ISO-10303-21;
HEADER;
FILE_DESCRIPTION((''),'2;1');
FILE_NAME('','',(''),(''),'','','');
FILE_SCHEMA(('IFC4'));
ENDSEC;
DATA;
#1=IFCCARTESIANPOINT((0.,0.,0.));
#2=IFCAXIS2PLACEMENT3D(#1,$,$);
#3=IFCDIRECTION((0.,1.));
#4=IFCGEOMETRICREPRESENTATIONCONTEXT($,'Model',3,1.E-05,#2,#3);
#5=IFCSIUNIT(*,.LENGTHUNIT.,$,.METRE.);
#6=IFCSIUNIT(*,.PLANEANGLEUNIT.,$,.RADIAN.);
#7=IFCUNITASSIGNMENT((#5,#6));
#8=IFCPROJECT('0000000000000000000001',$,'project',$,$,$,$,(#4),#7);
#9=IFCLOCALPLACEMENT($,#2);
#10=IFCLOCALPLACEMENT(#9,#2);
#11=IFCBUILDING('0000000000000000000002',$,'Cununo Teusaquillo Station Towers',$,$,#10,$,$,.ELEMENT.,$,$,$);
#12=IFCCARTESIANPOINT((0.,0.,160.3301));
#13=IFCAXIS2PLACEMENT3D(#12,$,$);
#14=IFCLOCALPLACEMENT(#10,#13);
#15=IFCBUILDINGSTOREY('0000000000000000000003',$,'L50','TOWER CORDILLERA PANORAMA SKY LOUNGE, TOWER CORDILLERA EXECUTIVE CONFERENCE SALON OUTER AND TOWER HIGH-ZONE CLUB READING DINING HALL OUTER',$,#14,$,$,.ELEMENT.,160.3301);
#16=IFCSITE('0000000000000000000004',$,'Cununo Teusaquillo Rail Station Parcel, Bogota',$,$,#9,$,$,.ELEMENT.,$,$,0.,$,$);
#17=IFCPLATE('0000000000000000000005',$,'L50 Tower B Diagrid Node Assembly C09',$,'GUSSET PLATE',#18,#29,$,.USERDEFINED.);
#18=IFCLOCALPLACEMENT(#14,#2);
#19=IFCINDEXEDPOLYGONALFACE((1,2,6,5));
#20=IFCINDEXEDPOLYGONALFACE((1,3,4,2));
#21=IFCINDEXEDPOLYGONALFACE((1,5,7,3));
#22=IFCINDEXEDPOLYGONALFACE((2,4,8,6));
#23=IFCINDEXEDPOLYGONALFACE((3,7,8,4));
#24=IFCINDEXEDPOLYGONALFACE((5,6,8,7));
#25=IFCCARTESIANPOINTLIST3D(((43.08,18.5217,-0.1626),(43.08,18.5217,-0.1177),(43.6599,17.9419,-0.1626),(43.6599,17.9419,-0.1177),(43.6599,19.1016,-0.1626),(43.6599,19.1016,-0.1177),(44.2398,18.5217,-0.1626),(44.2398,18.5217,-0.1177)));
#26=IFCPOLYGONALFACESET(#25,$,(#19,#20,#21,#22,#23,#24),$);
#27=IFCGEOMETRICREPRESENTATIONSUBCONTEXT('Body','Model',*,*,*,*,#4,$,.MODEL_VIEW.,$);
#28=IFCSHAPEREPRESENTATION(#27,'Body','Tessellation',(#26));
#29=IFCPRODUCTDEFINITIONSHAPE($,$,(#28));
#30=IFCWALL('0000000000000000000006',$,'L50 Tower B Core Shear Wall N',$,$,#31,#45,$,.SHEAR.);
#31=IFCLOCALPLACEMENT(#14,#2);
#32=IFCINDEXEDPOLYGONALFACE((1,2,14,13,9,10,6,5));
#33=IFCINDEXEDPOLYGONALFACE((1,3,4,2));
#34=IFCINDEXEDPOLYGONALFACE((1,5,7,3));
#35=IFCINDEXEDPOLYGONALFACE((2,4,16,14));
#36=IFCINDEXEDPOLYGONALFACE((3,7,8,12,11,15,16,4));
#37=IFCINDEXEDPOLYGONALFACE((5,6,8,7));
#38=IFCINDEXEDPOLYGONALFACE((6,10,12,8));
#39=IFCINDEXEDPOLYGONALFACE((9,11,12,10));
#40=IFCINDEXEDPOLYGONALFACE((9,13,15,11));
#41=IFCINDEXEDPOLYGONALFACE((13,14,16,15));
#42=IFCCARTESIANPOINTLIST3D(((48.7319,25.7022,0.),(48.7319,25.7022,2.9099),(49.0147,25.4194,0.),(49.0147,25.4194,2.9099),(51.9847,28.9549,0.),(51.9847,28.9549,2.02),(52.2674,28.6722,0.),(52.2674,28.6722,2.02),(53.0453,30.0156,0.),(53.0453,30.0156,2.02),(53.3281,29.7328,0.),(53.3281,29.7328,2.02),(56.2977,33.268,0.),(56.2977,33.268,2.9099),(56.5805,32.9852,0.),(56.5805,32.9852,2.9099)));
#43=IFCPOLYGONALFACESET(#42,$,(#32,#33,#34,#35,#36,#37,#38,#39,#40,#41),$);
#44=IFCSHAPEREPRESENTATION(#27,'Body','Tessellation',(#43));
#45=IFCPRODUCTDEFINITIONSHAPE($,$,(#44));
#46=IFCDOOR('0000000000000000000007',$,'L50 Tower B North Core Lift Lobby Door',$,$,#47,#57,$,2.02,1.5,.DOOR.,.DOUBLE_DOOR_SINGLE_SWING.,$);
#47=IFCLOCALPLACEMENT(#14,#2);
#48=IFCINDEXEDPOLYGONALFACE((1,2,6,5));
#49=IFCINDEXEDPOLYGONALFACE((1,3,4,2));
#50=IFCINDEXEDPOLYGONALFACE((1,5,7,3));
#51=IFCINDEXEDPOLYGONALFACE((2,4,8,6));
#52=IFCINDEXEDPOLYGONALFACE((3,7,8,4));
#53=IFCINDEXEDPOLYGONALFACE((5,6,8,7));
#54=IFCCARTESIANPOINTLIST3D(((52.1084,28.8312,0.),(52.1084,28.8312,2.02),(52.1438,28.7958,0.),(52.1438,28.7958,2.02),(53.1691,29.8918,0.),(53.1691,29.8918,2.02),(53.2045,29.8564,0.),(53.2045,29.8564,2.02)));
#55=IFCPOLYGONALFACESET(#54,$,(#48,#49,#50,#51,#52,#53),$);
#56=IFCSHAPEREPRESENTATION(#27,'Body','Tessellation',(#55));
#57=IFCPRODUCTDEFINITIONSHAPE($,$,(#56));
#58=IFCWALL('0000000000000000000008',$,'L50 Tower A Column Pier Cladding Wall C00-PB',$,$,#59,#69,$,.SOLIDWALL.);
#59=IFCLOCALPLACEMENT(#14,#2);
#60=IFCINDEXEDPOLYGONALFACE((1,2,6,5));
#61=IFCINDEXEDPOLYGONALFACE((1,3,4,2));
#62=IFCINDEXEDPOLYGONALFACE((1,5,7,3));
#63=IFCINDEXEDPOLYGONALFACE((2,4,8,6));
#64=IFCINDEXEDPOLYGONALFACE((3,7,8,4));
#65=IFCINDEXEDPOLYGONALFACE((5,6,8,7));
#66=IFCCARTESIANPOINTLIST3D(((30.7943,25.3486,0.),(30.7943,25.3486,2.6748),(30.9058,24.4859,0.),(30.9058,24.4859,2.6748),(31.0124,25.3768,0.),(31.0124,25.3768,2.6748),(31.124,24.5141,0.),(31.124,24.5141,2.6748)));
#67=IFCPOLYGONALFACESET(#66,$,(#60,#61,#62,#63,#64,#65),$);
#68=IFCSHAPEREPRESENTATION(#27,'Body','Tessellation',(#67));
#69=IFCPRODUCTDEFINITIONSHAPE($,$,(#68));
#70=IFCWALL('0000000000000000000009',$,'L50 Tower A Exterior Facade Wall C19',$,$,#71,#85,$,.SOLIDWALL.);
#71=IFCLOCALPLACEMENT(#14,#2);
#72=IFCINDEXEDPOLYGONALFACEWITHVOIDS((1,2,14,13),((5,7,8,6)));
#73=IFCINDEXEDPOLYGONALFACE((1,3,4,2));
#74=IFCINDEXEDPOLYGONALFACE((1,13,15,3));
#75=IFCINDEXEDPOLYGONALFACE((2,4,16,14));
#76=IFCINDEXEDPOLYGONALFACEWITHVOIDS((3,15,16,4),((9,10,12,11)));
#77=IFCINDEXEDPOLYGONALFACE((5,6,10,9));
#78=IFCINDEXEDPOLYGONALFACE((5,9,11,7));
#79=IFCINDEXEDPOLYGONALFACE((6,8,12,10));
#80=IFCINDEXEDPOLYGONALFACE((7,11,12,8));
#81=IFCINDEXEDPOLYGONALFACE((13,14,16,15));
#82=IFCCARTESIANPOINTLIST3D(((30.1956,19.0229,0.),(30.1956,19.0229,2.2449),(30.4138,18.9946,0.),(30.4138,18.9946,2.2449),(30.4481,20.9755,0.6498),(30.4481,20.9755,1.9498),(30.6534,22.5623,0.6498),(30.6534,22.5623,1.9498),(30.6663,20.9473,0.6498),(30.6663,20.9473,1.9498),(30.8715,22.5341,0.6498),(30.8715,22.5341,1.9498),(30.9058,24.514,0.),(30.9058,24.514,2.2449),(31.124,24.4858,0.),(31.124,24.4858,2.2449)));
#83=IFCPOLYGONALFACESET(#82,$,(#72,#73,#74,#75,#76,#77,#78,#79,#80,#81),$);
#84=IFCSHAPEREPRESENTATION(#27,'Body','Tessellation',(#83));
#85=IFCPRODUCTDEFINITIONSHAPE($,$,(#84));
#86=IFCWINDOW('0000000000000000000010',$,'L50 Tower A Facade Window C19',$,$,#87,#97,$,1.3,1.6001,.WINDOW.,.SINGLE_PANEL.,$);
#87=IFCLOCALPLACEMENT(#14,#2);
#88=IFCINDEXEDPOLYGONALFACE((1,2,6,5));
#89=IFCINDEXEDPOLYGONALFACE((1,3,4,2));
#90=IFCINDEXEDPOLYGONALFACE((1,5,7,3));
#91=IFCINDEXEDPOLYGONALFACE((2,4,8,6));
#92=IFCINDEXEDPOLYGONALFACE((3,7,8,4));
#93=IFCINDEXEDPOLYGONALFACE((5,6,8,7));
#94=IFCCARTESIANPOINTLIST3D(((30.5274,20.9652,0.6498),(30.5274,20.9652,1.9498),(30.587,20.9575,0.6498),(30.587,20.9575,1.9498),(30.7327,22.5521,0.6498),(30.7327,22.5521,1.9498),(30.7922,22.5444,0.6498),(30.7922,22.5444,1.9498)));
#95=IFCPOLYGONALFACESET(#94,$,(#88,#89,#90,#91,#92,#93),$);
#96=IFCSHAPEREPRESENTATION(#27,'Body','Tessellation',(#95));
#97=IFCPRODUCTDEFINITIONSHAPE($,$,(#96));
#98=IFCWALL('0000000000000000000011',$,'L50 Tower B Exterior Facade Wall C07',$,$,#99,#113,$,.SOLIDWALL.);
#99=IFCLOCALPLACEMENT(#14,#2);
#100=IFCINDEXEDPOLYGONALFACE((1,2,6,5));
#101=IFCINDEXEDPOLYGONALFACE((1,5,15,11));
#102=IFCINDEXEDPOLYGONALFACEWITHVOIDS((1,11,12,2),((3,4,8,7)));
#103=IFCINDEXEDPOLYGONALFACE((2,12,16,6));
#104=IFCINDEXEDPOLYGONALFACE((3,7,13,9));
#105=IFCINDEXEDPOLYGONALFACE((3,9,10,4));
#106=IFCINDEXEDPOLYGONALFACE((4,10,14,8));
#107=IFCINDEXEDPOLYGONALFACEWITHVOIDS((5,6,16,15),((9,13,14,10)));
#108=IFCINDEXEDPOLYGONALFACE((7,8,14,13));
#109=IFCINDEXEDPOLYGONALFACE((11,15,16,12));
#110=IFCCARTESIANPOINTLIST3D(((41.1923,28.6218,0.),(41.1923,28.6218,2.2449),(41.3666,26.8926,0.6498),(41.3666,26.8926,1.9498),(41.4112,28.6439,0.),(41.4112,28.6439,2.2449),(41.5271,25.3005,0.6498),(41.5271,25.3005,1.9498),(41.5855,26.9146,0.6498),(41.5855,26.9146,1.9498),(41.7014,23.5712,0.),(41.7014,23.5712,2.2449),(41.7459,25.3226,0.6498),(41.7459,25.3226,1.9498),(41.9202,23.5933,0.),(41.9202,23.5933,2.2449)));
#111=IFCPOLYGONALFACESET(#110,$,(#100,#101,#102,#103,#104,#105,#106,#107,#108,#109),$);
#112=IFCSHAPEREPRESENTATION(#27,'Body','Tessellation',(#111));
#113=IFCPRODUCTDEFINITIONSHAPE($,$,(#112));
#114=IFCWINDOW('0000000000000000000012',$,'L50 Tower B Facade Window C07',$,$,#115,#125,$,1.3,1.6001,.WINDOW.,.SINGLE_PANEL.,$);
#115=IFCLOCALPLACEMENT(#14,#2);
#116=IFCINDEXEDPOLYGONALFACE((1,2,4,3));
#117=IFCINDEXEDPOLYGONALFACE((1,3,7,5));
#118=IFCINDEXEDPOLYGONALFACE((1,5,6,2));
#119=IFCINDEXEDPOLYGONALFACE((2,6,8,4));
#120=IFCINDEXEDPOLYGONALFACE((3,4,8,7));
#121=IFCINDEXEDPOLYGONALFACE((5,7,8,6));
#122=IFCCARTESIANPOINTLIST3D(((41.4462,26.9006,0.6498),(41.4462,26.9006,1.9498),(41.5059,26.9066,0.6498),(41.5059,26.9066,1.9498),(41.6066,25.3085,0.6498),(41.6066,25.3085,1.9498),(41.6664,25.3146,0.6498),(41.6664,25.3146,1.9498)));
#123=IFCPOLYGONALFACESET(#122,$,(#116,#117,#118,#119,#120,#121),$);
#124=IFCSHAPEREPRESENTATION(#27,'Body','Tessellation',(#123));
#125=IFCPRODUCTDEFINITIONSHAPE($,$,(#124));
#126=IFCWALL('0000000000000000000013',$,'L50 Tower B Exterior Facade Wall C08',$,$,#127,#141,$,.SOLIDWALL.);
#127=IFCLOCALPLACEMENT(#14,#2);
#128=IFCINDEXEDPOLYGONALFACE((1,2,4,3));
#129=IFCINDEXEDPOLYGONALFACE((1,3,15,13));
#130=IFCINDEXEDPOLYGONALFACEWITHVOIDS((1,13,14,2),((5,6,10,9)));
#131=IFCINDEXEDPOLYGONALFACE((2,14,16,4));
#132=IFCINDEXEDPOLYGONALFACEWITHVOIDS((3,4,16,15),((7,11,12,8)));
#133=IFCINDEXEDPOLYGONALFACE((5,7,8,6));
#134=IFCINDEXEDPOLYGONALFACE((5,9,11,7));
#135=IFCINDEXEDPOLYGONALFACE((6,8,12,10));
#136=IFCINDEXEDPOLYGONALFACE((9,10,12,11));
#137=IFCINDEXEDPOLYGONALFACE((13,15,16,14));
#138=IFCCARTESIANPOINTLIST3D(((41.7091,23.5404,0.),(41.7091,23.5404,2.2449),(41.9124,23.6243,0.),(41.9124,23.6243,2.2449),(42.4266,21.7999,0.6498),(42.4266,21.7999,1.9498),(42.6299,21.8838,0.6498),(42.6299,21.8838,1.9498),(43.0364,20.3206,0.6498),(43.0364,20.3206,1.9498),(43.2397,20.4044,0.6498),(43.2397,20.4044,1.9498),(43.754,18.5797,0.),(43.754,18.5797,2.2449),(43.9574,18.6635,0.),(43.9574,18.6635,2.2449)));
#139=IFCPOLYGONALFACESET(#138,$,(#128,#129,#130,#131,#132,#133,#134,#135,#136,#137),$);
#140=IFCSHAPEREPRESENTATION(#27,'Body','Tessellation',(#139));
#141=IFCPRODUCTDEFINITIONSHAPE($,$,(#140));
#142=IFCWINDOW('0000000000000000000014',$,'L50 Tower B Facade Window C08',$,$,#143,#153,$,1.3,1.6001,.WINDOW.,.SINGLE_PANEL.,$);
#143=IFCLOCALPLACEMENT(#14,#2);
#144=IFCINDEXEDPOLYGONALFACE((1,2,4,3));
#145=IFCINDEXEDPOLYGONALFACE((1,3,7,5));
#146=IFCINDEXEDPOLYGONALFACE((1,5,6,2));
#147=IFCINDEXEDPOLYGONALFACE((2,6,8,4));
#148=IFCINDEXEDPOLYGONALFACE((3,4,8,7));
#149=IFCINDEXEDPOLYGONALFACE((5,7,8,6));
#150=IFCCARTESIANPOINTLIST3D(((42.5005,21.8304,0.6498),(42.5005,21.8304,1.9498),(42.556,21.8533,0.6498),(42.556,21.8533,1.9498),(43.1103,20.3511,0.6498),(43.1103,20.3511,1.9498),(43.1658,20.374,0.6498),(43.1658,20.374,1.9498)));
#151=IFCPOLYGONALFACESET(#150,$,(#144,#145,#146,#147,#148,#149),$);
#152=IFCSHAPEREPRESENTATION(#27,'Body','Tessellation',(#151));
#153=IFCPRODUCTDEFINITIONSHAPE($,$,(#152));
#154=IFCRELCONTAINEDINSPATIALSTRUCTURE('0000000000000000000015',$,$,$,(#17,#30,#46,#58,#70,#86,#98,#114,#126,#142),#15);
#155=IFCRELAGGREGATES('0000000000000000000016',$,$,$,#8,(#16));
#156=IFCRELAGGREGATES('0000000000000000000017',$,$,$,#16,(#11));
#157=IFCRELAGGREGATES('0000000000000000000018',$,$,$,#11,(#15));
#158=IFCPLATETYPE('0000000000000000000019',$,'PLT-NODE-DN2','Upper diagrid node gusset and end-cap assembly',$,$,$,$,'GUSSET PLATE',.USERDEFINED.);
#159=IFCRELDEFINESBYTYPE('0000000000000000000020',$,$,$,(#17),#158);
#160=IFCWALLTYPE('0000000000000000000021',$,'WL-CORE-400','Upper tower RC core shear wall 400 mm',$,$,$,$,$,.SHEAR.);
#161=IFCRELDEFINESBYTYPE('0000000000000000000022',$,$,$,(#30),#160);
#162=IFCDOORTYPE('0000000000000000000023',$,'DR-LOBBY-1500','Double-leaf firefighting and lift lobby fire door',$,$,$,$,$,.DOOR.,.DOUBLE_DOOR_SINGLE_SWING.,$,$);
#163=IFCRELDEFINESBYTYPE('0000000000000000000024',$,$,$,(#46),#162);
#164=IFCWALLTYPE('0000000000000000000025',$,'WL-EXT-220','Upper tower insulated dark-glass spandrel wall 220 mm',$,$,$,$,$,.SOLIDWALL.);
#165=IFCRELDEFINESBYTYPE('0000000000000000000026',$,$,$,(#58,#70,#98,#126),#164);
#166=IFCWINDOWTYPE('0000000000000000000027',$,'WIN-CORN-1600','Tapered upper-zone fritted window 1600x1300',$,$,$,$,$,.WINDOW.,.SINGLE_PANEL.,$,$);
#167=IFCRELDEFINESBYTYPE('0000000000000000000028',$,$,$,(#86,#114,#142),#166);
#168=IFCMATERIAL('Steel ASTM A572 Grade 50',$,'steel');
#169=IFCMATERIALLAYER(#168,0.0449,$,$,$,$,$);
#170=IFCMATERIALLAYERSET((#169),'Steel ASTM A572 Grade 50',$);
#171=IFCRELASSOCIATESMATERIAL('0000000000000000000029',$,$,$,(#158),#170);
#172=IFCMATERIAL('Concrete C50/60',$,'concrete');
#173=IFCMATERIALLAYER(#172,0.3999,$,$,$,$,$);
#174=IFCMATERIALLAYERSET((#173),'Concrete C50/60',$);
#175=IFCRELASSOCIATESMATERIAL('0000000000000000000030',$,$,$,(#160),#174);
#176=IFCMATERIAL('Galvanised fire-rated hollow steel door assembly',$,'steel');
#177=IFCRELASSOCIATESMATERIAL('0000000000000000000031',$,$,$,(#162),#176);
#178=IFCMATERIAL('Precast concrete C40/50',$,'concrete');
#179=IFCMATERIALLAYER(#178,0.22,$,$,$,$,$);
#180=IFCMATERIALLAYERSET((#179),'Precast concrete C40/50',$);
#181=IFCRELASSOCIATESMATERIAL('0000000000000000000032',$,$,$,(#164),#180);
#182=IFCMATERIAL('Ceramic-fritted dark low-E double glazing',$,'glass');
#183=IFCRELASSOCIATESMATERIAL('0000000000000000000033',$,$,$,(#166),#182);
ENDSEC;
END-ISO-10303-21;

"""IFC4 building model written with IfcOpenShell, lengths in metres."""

from ifc_helpers import new_model, si_unit, direction, frame, frame_2d, origin, origin_2d, place, context, subcontext, project, spatial, rectangle, extrude, source, transform, mapped, material, layer, layer_set, type_object, element, fill, save


model = new_model("IFC4")

# Units and contexts
model_context = context("Model", 3, precision=1e-05, world=origin(), true_north=direction((0.0, 1.0)))
body_context = subcontext(model_context, "Body", "Model", "MODEL_VIEW")
ifc_project = project(units=[si_unit("LENGTHUNIT", "METRE"), si_unit("PLANEANGLEUNIT", "RADIAN")], contexts=[model_context])

# Site, building, storey
site_placement = place(None, origin())
site = spatial("IfcSite", under=ifc_project, at=site_placement, Name="Cununo Teusaquillo Rail Station Parcel, Bogota", CompositionType="ELEMENT", RefElevation=0.0)
building_placement = place(site_placement, origin())
building = spatial("IfcBuilding", under=site, at=building_placement, Name="Cununo Teusaquillo Station Towers", CompositionType="ELEMENT")
storey_placement = place(building_placement, frame((0.0, 0.0, 160.3301)))
storey = spatial("IfcBuildingStorey", under=building, at=storey_placement, Name="L50", Description="TOWER CORDILLERA PANORAMA SKY LOUNGE, TOWER CORDILLERA EXECUTIVE CONFERENCE SALON OUTER AND TOWER HIGH-ZONE CLUB READING DINING HALL OUTER", CompositionType="ELEMENT", Elevation=160.3301)

# Plate
ifc_material_1 = material(Name="Steel ASTM A572 Grade 50", Category="steel")
ifc_layer_1 = layer(ifc_material_1, 0.0449)
ifc_layer_set_1 = layer_set([ifc_layer_1], Name="Steel ASTM A572 Grade 50")
plate_type = type_object("IfcPlateType", Name="PLT-NODE-DN2", Description="Upper diagrid node gusset and end-cap assembly", ElementType="GUSSET PLATE", PredefinedType="USERDEFINED", material=ifc_layer_set_1)
shared_shape_1 = source(origin(), body_context, "Body", "SweptSolid", [
    extrude(rectangle(XDim=0.8201, YDim=0.8201, at=origin_2d()), origin(), (0.0, 0.0, 1.0), 0.0449),
])
plate_placement = place(storey_placement, frame((43.6599, 18.5217, -0.1626), z_axis=(0.0, 0.0, 1.0), x_axis=(0.707107, 0.707107, 0.0)))
element("IfcPlate", 1, at=plate_placement, inside=storey, type_object=plate_type, Name="L50 Tower B Diagrid Node Assembly C09", ObjectType="GUSSET PLATE", PredefinedType="USERDEFINED", context=body_context, shape_type="MappedRepresentation", body=[
    mapped(shared_shape_1, transform((0.0, 0.0, 0.0), x_axis=(1.0, 0.0, 0.0), y_axis=(0.0, 1.0, 0.0), z_axis=(0.0, 0.0, 1.0), scale=1.0)),
])

# Wall, opening, door
ifc_material_2 = material(Name="Concrete C50/60", Category="concrete")
ifc_layer_2 = layer(ifc_material_2, 0.3999)
ifc_layer_set_2 = layer_set([ifc_layer_2], Name="Concrete C50/60")
wall_type_1 = type_object("IfcWallType", Name="WL-CORE-400", Description="Upper tower RC core shear wall 400 mm", PredefinedType="SHEAR", material=ifc_layer_set_2)
wall_1_placement = place(storey_placement, frame((48.8733, 25.5608, 0.0), z_axis=(0.0, 0.0, 1.0), x_axis=(0.707107, 0.707107, 0.0)))
wall_1 = element("IfcWall", 2, at=wall_1_placement, inside=storey, type_object=wall_type_1, Name="L50 Tower B Core Shear Wall N", PredefinedType="SHEAR", context=body_context, shape_type="SweptSolid", body=[
    extrude(rectangle(XDim=10.6997, YDim=0.3999, at=frame_2d((5.3499, 0.0))), origin(), (0.0, 0.0, 1.0), 2.9099),
])
shared_shape_2 = source(origin(), body_context, "Body", "SweptSolid", [
    extrude(rectangle(XDim=1.5, YDim=2.02, at=frame_2d((0.75, 1.01))), frame((0.0, 0.21, 0.0), z_axis=(0.0, -1.0, 0.0), x_axis=(1.0, 0.0, 0.0)), (0.0, 0.0, 1.0), 0.4199),
])
opening_1_placement = place(wall_1_placement, frame((4.6001, 0.0, 0.0)))
opening_1 = element("IfcOpeningElement", 3, at=opening_1_placement, cuts=wall_1, PredefinedType="OPENING", context=body_context, shape_type="MappedRepresentation", body=[
    mapped(shared_shape_2, transform((0.0, 0.0, 0.0), x_axis=(1.0, 0.0, 0.0), y_axis=(0.0, 1.0, 0.0), z_axis=(0.0, 0.0, 1.0), scale=1.0)),
])
ifc_material_3 = material(Name="Galvanised fire-rated hollow steel door assembly", Category="steel")
door_type_1 = type_object("IfcDoorType", Name="DR-LOBBY-1500", Description="Double-leaf firefighting and lift lobby fire door", OperationType="DOUBLE_DOOR_SINGLE_SWING", PredefinedType="DOOR", material=ifc_material_3)
shared_shape_3 = source(origin(), body_context, "Body", "SweptSolid", [
    extrude(rectangle(XDim=1.5, YDim=2.02, at=frame_2d((0.75, 1.01))), frame((0.0, 0.0249, 0.0), z_axis=(0.0, -1.0, 0.0), x_axis=(1.0, 0.0, 0.0)), (0.0, 0.0, 1.0), 0.05),
])
door_1_placement = place(opening_1_placement, origin())
door_1 = element("IfcDoor", 4, at=door_1_placement, inside=storey, type_object=door_type_1, Name="L50 Tower B North Core Lift Lobby Door", OperationType="DOUBLE_DOOR_SINGLE_SWING", OverallHeight=2.02, OverallWidth=1.5, PredefinedType="DOOR", context=body_context, shape_type="MappedRepresentation", body=[
    mapped(shared_shape_3, transform((0.0, 0.0, 0.0), x_axis=(1.0, 0.0, 0.0), y_axis=(0.0, 1.0, 0.0), z_axis=(0.0, 0.0, 1.0), scale=1.0)),
])
fill(opening_1, door_1)

# Wall
ifc_material_4 = material(Name="Precast concrete C40/50", Category="concrete")
ifc_layer_3 = layer(ifc_material_4, 0.22)
ifc_layer_set_3 = layer_set([ifc_layer_3], Name="Precast concrete C40/50")
wall_type_2 = type_object("IfcWallType", Name="WL-EXT-220", Description="Upper tower insulated dark-glass spandrel wall 220 mm", PredefinedType="SOLIDWALL", material=ifc_layer_set_3)
wall_2_placement = place(storey_placement, frame((30.9033, 25.3628, 0.0), z_axis=(0.0, 0.0, 1.0), x_axis=(0.128247, -0.991742, 0.0)))
element("IfcWall", 5, at=wall_2_placement, inside=storey, type_object=wall_type_2, Name="L50 Tower A Column Pier Cladding Wall C00-PB", PredefinedType="SOLIDWALL", context=body_context, shape_type="SweptSolid", body=[
    extrude(rectangle(XDim=0.8699, YDim=0.22, at=frame_2d((0.4351, 0.0))), origin(), (0.0, 0.0, 1.0), 2.6748),
])

# Walls, openings, windows
wall_3_placement = place(storey_placement, frame((31.0149, 24.5, 0.0), z_axis=(0.0, 0.0, 1.0), x_axis=(-0.128267, -0.99174, 0.0)))
wall_3 = element("IfcWall", 6, at=wall_3_placement, inside=storey, type_object=wall_type_2, Name="L50 Tower A Exterior Facade Wall C19", PredefinedType="SOLIDWALL", context=body_context, shape_type="SweptSolid", body=[
    extrude(rectangle(XDim=5.5369, YDim=0.22, at=frame_2d((2.7686, 0.0))), origin(), (0.0, 0.0, 1.0), 2.2449),
])
shared_shape_4 = source(origin(), body_context, "Body", "SweptSolid", [
    extrude(rectangle(XDim=1.6001, YDim=1.3, at=frame_2d((0.8, 0.6499))), frame((0.0, 0.1199, 0.0), z_axis=(0.0, -1.0, 0.0), x_axis=(1.0, 0.0, 0.0)), (0.0, 0.0, 1.0), 0.24),
])
opening_2_placement = place(wall_3_placement, frame((1.968, 0.0, 0.6499)))
opening_2 = element("IfcOpeningElement", 7, at=opening_2_placement, cuts=wall_3, PredefinedType="OPENING", context=body_context, shape_type="MappedRepresentation", body=[
    mapped(shared_shape_4, transform((0.0, 0.0, 0.0), x_axis=(1.0, 0.0, 0.0), y_axis=(0.0, 1.0, 0.0), z_axis=(0.0, 0.0, 1.0), scale=1.0)),
])
ifc_material_5 = material(Name="Ceramic-fritted dark low-E double glazing", Category="glass")
window_type = type_object("IfcWindowType", Name="WIN-CORN-1600", Description="Tapered upper-zone fritted window 1600x1300", PartitioningType="SINGLE_PANEL", PredefinedType="WINDOW", material=ifc_material_5)
shared_shape_5 = source(origin(), body_context, "Body", "SweptSolid", [
    extrude(rectangle(XDim=1.6001, YDim=1.3, at=frame_2d((0.8, 0.6499))), frame((0.0, 0.03, 0.0), z_axis=(0.0, -1.0, 0.0), x_axis=(1.0, 0.0, 0.0)), (0.0, 0.0, 1.0), 0.0601),
])
window_1_placement = place(opening_2_placement, origin())
window_1 = element("IfcWindow", 8, at=window_1_placement, inside=storey, type_object=window_type, Name="L50 Tower A Facade Window C19", OverallHeight=1.3, OverallWidth=1.6001, PartitioningType="SINGLE_PANEL", PredefinedType="WINDOW", context=body_context, shape_type="MappedRepresentation", body=[
    mapped(shared_shape_5, transform((0.0, 0.0, 0.0), x_axis=(1.0, 0.0, 0.0), y_axis=(0.0, 1.0, 0.0), z_axis=(0.0, 0.0, 1.0), scale=1.0)),
])
fill(opening_2, window_1)
wall_4_placement = place(storey_placement, frame((41.8108, 23.5823, 0.0), z_axis=(0.0, 0.0, 1.0), x_axis=(-0.10028, 0.994959, 0.0)))
wall_4 = element("IfcWall", 9, at=wall_4_placement, inside=storey, type_object=wall_type_2, Name="L50 Tower B Exterior Facade Wall C07", PredefinedType="SOLIDWALL", context=body_context, shape_type="SweptSolid", body=[
    extrude(rectangle(XDim=5.0762, YDim=0.22, at=frame_2d((2.5381, 0.0))), origin(), (0.0, 0.0, 1.0), 2.2449),
])
opening_3_placement = place(wall_4_placement, frame((1.738, 0.0, 0.6499)))
opening_3 = element("IfcOpeningElement", 10, at=opening_3_placement, cuts=wall_4, PredefinedType="OPENING", context=body_context, shape_type="MappedRepresentation", body=[
    mapped(shared_shape_4, transform((0.0, 0.0, 0.0), x_axis=(1.0, 0.0, 0.0), y_axis=(0.0, 1.0, 0.0), z_axis=(0.0, 0.0, 1.0), scale=1.0)),
])
window_2_placement = place(opening_3_placement, origin())
window_2 = element("IfcWindow", 11, at=window_2_placement, inside=storey, type_object=window_type, Name="L50 Tower B Facade Window C07", OverallHeight=1.3, OverallWidth=1.6001, PartitioningType="SINGLE_PANEL", PredefinedType="WINDOW", context=body_context, shape_type="MappedRepresentation", body=[
    mapped(shared_shape_5, transform((0.0, 0.0, 0.0), x_axis=(1.0, 0.0, 0.0), y_axis=(0.0, 1.0, 0.0), z_axis=(0.0, 0.0, 1.0), scale=1.0)),
])
fill(opening_3, window_2)
wall_5_placement = place(storey_placement, frame((43.8557, 18.6216, 0.0), z_axis=(0.0, 0.0, 1.0), x_axis=(-0.381114, 0.924528, 0.0)))
wall_5 = element("IfcWall", 12, at=wall_5_placement, inside=storey, type_object=wall_type_2, Name="L50 Tower B Exterior Facade Wall C08", PredefinedType="SOLIDWALL", context=body_context, shape_type="SweptSolid", body=[
    extrude(rectangle(XDim=5.3657, YDim=0.22, at=frame_2d((2.6829, 0.0))), origin(), (0.0, 0.0, 1.0), 2.2449),
])
opening_4_placement = place(wall_5_placement, frame((1.8831, 0.0, 0.6499)))
opening_4 = element("IfcOpeningElement", 13, at=opening_4_placement, cuts=wall_5, PredefinedType="OPENING", context=body_context, shape_type="MappedRepresentation", body=[
    mapped(shared_shape_4, transform((0.0, 0.0, 0.0), x_axis=(1.0, 0.0, 0.0), y_axis=(0.0, 1.0, 0.0), z_axis=(0.0, 0.0, 1.0), scale=1.0)),
])
window_3_placement = place(opening_4_placement, origin())
window_3 = element("IfcWindow", 14, at=window_3_placement, inside=storey, type_object=window_type, Name="L50 Tower B Facade Window C08", OverallHeight=1.3, OverallWidth=1.6001, PartitioningType="SINGLE_PANEL", PredefinedType="WINDOW", context=body_context, shape_type="MappedRepresentation", body=[
    mapped(shared_shape_5, transform((0.0, 0.0, 0.0), x_axis=(1.0, 0.0, 0.0), y_axis=(0.0, 1.0, 0.0), z_axis=(0.0, 0.0, 1.0), scale=1.0)),
])
fill(opening_4, window_3)

save(model, "model.ifc")
